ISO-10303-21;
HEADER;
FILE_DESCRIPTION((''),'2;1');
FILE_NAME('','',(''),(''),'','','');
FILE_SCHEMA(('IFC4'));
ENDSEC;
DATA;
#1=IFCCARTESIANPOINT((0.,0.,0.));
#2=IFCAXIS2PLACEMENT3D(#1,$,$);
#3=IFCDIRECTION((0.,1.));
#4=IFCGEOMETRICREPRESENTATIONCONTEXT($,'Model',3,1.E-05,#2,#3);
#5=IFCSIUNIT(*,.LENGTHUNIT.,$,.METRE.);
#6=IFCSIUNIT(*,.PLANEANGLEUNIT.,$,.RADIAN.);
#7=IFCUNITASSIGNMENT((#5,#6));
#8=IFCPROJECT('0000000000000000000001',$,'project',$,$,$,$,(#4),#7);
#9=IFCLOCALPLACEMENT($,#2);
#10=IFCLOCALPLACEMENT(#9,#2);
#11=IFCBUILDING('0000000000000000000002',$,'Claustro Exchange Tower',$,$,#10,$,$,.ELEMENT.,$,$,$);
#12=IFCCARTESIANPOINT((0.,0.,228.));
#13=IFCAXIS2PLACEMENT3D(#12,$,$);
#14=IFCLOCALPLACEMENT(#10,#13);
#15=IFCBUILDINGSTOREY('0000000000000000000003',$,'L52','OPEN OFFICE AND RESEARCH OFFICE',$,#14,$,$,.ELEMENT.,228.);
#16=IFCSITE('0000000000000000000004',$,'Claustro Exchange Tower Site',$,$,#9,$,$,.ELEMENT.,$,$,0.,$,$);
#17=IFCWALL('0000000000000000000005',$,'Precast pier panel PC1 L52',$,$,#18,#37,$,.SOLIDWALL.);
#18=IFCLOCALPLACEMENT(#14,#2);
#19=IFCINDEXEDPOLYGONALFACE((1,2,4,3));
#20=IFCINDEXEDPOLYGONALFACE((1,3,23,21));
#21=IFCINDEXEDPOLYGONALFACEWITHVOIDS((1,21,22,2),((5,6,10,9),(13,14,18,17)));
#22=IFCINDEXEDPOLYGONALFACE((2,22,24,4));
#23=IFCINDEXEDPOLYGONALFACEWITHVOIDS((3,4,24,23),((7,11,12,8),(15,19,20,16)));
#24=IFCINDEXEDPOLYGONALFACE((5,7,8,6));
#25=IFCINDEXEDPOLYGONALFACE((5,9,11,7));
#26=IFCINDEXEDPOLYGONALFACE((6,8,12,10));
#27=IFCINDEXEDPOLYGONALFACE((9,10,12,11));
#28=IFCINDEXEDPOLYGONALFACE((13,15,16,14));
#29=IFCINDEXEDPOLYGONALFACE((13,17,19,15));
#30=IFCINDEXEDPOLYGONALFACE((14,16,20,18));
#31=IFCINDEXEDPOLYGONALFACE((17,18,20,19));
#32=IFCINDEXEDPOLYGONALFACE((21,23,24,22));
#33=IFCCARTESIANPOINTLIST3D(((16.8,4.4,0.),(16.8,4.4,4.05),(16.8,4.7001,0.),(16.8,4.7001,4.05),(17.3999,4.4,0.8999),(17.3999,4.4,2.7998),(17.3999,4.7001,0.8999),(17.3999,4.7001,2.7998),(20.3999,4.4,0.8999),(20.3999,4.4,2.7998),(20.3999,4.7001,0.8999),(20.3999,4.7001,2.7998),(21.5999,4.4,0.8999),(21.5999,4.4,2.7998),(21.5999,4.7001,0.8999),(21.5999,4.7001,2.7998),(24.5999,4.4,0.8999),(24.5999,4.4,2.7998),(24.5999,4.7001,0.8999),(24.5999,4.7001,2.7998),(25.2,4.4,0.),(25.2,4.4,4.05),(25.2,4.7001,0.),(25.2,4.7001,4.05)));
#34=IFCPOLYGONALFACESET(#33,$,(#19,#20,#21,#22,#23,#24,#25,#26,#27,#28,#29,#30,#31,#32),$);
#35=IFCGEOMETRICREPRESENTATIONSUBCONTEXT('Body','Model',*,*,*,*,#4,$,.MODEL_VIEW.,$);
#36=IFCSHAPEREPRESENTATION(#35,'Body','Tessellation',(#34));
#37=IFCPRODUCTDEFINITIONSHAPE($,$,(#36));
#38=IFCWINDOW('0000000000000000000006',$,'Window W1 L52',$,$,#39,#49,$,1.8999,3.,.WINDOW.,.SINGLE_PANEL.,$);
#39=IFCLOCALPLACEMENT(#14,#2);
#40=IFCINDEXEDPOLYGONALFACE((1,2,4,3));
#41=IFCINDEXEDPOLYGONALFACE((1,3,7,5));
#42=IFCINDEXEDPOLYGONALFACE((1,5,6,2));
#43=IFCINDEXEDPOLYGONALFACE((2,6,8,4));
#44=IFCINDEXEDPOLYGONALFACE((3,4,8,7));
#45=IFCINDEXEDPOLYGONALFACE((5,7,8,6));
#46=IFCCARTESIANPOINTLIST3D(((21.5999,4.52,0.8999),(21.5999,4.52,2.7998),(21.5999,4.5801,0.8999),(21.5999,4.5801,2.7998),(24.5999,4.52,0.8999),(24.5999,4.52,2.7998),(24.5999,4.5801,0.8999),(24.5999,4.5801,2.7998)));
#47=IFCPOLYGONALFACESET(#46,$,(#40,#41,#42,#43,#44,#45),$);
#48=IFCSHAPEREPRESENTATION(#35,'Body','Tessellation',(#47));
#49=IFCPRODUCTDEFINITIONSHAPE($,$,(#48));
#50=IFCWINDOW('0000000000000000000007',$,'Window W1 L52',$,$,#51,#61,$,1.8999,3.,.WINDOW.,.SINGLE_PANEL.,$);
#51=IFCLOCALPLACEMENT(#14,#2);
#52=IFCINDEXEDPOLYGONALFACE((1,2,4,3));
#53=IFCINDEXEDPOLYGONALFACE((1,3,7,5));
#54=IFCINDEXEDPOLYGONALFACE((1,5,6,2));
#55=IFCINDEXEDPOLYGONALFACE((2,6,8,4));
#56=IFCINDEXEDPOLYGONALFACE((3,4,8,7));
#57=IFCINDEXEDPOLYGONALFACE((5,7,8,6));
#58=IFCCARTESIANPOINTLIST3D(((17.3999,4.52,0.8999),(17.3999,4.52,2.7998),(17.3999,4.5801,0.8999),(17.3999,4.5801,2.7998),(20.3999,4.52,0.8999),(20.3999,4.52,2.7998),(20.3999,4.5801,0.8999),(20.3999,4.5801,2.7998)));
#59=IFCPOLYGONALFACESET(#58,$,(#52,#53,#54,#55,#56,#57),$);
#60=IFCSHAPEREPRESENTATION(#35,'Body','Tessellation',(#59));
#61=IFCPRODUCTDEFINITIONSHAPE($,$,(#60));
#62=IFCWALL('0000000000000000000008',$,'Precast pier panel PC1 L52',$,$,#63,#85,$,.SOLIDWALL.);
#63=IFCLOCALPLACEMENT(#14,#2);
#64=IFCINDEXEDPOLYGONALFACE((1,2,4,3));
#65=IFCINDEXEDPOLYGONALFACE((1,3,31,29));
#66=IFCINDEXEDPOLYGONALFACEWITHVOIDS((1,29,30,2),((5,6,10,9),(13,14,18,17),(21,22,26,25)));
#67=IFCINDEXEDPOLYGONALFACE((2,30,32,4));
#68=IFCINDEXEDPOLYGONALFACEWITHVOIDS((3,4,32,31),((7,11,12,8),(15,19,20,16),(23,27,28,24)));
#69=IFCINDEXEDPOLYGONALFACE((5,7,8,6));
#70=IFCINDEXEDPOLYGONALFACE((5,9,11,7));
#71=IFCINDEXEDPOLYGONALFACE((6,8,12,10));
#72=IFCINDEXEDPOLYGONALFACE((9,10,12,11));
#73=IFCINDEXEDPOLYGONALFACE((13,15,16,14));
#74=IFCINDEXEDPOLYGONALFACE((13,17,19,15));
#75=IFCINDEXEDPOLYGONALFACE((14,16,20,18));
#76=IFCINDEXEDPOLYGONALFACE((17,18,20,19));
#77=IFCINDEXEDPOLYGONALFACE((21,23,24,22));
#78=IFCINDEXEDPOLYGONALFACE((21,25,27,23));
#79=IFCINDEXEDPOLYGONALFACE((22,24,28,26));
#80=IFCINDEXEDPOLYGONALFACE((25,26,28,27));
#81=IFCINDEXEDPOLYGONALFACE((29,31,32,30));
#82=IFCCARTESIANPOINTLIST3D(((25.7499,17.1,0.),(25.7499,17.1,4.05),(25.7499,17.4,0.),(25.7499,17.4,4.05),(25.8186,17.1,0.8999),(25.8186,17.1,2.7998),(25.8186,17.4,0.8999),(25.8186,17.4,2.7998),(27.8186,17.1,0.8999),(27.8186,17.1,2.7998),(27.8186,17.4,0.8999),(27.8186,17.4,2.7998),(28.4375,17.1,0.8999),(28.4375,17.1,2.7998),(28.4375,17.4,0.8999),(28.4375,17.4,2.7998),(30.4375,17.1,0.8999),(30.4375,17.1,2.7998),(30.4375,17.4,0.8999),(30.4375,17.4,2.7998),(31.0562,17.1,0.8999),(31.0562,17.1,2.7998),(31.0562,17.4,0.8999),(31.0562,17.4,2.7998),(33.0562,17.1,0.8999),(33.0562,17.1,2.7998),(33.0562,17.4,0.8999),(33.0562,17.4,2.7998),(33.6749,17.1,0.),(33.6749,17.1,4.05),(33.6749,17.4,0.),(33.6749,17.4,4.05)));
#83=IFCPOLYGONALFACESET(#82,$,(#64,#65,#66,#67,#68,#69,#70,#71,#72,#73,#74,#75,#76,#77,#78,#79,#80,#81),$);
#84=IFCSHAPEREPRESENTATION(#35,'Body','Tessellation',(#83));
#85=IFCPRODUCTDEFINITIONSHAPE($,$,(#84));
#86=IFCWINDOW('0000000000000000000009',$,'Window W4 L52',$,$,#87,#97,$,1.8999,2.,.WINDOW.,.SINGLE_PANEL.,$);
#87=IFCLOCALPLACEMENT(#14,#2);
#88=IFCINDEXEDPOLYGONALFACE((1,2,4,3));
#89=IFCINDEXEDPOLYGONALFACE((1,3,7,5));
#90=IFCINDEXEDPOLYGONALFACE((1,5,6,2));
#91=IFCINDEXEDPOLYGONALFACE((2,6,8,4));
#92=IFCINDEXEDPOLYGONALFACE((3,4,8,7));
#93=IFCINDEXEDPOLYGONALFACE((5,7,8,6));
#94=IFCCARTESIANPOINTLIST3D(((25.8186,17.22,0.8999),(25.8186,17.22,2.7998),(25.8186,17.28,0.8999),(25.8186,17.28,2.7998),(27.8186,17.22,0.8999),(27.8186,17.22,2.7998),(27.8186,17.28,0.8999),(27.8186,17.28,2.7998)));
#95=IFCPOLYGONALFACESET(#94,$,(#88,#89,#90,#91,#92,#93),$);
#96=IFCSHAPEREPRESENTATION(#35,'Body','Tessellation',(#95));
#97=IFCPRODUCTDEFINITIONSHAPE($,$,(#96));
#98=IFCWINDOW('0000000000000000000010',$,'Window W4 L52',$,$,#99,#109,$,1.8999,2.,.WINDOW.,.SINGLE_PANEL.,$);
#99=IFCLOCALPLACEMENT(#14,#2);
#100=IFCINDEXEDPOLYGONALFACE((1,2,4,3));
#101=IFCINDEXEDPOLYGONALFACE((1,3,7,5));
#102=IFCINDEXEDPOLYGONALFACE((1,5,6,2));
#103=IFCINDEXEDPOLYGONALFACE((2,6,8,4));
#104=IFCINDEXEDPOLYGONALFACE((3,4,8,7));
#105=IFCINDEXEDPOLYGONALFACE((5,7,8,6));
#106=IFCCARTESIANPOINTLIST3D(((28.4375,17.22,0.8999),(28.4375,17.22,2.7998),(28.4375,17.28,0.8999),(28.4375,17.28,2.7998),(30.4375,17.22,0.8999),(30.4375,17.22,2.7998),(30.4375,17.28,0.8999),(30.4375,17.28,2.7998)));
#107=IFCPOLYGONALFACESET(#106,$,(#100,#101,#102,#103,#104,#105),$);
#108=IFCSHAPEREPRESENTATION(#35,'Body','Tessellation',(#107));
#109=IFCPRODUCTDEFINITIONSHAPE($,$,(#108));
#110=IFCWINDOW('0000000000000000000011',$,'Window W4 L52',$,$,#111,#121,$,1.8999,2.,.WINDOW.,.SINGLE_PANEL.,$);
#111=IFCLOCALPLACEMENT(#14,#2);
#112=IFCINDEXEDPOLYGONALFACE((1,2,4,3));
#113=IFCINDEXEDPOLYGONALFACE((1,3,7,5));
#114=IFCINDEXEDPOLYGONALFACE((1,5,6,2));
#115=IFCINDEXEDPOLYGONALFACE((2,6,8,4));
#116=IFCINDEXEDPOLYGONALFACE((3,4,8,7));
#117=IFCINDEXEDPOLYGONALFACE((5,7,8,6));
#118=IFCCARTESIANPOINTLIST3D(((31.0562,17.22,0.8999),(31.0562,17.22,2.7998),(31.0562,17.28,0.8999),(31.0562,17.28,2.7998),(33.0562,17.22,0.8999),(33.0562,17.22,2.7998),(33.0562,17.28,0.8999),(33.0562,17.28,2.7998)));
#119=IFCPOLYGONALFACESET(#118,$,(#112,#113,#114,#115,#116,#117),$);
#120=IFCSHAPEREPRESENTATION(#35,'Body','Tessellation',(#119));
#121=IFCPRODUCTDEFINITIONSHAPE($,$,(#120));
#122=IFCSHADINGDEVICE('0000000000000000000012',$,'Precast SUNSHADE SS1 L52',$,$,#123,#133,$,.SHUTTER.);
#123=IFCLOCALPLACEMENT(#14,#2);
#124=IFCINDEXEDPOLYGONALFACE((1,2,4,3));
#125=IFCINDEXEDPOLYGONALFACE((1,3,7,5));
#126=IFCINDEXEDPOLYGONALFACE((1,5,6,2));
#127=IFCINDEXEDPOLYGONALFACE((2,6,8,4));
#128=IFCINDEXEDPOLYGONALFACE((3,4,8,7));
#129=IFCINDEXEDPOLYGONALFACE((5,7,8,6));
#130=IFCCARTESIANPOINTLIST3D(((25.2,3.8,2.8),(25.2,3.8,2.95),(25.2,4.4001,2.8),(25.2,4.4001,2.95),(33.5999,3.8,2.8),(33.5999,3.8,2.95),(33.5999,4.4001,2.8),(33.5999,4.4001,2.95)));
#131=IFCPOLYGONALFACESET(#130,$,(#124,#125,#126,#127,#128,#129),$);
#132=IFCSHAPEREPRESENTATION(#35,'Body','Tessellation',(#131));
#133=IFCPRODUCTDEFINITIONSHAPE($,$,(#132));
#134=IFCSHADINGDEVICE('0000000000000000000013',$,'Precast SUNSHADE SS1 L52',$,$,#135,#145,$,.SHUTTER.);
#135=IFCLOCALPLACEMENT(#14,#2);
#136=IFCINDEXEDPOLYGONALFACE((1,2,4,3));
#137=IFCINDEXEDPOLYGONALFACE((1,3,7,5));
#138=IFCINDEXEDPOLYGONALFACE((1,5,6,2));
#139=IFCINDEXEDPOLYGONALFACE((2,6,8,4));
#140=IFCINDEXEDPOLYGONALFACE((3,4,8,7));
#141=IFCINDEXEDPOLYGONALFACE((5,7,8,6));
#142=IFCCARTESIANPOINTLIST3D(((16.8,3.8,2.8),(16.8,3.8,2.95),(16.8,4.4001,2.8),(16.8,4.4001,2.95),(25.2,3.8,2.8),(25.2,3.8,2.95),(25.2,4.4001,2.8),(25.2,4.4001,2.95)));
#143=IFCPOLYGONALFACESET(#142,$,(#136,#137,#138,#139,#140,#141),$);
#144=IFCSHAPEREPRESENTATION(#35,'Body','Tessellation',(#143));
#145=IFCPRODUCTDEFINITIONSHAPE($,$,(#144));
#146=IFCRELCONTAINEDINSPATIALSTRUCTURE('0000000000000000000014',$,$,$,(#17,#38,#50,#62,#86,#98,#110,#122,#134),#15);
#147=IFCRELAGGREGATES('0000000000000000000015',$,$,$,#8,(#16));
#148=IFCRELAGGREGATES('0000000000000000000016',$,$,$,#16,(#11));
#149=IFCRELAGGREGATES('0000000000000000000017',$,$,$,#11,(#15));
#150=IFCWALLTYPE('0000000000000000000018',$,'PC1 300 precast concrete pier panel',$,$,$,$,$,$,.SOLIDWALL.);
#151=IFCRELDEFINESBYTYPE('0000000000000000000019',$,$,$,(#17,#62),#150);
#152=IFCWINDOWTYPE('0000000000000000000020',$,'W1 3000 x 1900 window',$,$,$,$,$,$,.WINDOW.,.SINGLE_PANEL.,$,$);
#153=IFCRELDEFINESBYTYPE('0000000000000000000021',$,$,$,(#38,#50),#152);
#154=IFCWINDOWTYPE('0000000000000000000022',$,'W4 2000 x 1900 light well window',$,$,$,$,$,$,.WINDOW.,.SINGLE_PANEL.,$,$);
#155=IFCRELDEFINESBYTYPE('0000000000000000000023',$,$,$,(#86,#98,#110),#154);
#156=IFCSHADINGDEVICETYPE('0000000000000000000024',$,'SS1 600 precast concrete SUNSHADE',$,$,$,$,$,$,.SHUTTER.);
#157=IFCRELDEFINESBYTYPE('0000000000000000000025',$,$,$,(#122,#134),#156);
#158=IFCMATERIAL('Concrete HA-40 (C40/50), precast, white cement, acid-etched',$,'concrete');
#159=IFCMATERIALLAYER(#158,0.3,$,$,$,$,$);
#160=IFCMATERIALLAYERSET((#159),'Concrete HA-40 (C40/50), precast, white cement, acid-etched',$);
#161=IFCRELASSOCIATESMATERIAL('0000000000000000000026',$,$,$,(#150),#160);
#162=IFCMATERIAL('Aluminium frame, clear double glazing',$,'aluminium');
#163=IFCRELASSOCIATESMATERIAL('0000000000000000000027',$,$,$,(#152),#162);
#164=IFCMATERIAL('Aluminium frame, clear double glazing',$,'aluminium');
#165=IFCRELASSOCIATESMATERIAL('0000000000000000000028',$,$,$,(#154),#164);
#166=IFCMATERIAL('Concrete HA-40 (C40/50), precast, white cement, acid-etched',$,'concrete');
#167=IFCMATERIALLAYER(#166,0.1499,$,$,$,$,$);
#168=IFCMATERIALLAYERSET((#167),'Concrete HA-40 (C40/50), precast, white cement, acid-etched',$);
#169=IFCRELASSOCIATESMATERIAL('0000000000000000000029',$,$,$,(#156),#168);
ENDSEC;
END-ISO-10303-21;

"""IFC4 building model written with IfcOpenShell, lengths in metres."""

from ifc_helpers import new_model, si_unit, direction, frame, frame_2d, origin, origin_2d, place, context, subcontext, project, spatial, rectangle, extrude, material, layer, layer_set, type_object, element, fill, save


model = new_model("IFC4")

# Units and contexts
model_context = context("Model", 3, precision=1e-05, world=origin(), true_north=direction((0.0, 1.0)))
body_context = subcontext(model_context, "Body", "Model", "MODEL_VIEW")
ifc_project = project(units=[si_unit("LENGTHUNIT", "METRE"), si_unit("PLANEANGLEUNIT", "RADIAN")], contexts=[model_context])

# Site, building, storey
site_placement = place(None, origin())
site = spatial("IfcSite", under=ifc_project, at=site_placement, Name="Claustro Exchange Tower Site", CompositionType="ELEMENT", RefElevation=0.0)
building_placement = place(site_placement, origin())
building = spatial("IfcBuilding", under=site, at=building_placement, Name="Claustro Exchange Tower", CompositionType="ELEMENT")
storey_placement = place(building_placement, frame((0.0, 0.0, 228.0)))
storey = spatial("IfcBuildingStorey", under=building, at=storey_placement, Name="L52", Description="OPEN OFFICE AND RESEARCH OFFICE", CompositionType="ELEMENT", Elevation=228.0)

# Walls, openings, windows
ifc_material_1 = material(Name="Concrete HA-40 (C40/50), precast, white cement, acid-etched", Category="concrete")
ifc_layer_1 = layer(ifc_material_1, 0.3)
ifc_layer_set_1 = layer_set([ifc_layer_1], Name="Concrete HA-40 (C40/50), precast, white cement, acid-etched")
wall_type_1 = type_object("IfcWallType", Name="PC1 300 precast concrete pier panel", PredefinedType="SOLIDWALL", material=ifc_layer_set_1)
wall_1_placement = place(storey_placement, frame((25.2, 4.55, 0.0), z_axis=(0.0, 0.0, 1.0), x_axis=(-1.0, 0.0, 0.0)))
wall_1 = element("IfcWall", 1, at=wall_1_placement, inside=storey, type_object=wall_type_1, Name="Precast pier panel PC1 L52", PredefinedType="SOLIDWALL", context=body_context, shape_type="SweptSolid", body=[
    extrude(rectangle(XDim=8.3999, YDim=0.3, at=frame_2d((4.2, 0.0))), origin(), (0.0, 0.0, 1.0), 4.05),
])
opening_1_placement = place(wall_1_placement, frame((0.6001, 0.0, 0.8999)))
opening_1 = element("IfcOpeningElement", 2, at=opening_1_placement, cuts=wall_1, PredefinedType="OPENING", context=body_context, shape_type="SweptSolid", body=[
    extrude(rectangle(XDim=3.0, YDim=1.8999, at=frame_2d((1.5, 0.95))), frame((0.0, 0.1599, 0.0), z_axis=(0.0, -1.0, 0.0), x_axis=(1.0, 0.0, 0.0)), (0.0, 0.0, 1.0), 0.3201),
])
opening_2_placement = place(wall_1_placement, frame((4.8, 0.0, 0.8999)))
opening_2 = element("IfcOpeningElement", 3, at=opening_2_placement, cuts=wall_1, PredefinedType="OPENING", context=body_context, shape_type="SweptSolid", body=[
    extrude(rectangle(XDim=3.0, YDim=1.8999, at=frame_2d((1.5, 0.95))), frame((0.0, 0.1599, 0.0), z_axis=(0.0, -1.0, 0.0), x_axis=(1.0, 0.0, 0.0)), (0.0, 0.0, 1.0), 0.3201),
])
ifc_material_2 = material(Name="Aluminium frame, clear double glazing", Category="aluminium")
window_type_1 = type_object("IfcWindowType", Name="W1 3000 x 1900 window", PartitioningType="SINGLE_PANEL", PredefinedType="WINDOW", material=ifc_material_2)
window_1_placement = place(opening_1_placement, origin())
window_1 = element("IfcWindow", 4, at=window_1_placement, inside=storey, type_object=window_type_1, Name="Window W1 L52", OverallHeight=1.8999, OverallWidth=3.0, PartitioningType="SINGLE_PANEL", PredefinedType="WINDOW", context=body_context, shape_type="SweptSolid", body=[
    extrude(rectangle(XDim=3.0, YDim=1.8999, at=frame_2d((1.5, 0.95))), frame((0.0, 0.03, 0.0), z_axis=(0.0, -1.0, 0.0), x_axis=(1.0, 0.0, 0.0)), (0.0, 0.0, 1.0), 0.0601),
])
fill(opening_1, window_1)
window_2_placement = place(opening_2_placement, origin())
window_2 = element("IfcWindow", 5, at=window_2_placement, inside=storey, type_object=window_type_1, Name="Window W1 L52", OverallHeight=1.8999, OverallWidth=3.0, PartitioningType="SINGLE_PANEL", PredefinedType="WINDOW", context=body_context, shape_type="SweptSolid", body=[
    extrude(rectangle(XDim=3.0, YDim=1.8999, at=frame_2d((1.5, 0.95))), frame((0.0, 0.03, 0.0), z_axis=(0.0, -1.0, 0.0), x_axis=(1.0, 0.0, 0.0)), (0.0, 0.0, 1.0), 0.0601),
])
fill(opening_2, window_2)
wall_2_placement = place(storey_placement, frame((25.75, 17.25, 0.0), z_axis=(0.0, 0.0, 1.0), x_axis=(1.0, 0.0, 0.0)))
wall_2 = element("IfcWall", 6, at=wall_2_placement, inside=storey, type_object=wall_type_1, Name="Precast pier panel PC1 L52", PredefinedType="SOLIDWALL", context=body_context, shape_type="SweptSolid", body=[
    extrude(rectangle(XDim=7.925, YDim=0.3, at=frame_2d((3.9624, 0.0))), origin(), (0.0, 0.0, 1.0), 4.05),
])
opening_3_placement = place(wall_2_placement, frame((0.0686, 0.0, 0.8999)))
opening_3 = element("IfcOpeningElement", 7, at=opening_3_placement, cuts=wall_2, PredefinedType="OPENING", context=body_context, shape_type="SweptSolid", body=[
    extrude(rectangle(XDim=2.0, YDim=1.8999, at=frame_2d((1.0, 0.95))), frame((0.0, 0.1599, 0.0), z_axis=(0.0, -1.0, 0.0), x_axis=(1.0, 0.0, 0.0)), (0.0, 0.0, 1.0), 0.3201),
])
opening_4_placement = place(wall_2_placement, frame((2.6875, 0.0, 0.8999)))
opening_4 = element("IfcOpeningElement", 8, at=opening_4_placement, cuts=wall_2, PredefinedType="OPENING", context=body_context, shape_type="SweptSolid", body=[
    extrude(rectangle(XDim=2.0, YDim=1.8999, at=frame_2d((1.0, 0.95))), frame((0.0, 0.1599, 0.0), z_axis=(0.0, -1.0, 0.0), x_axis=(1.0, 0.0, 0.0)), (0.0, 0.0, 1.0), 0.3201),
])
opening_5_placement = place(wall_2_placement, frame((5.3062, 0.0, 0.8999)))
opening_5 = element("IfcOpeningElement", 9, at=opening_5_placement, cuts=wall_2, PredefinedType="OPENING", context=body_context, shape_type="SweptSolid", body=[
    extrude(rectangle(XDim=2.0, YDim=1.8999, at=frame_2d((1.0, 0.95))), frame((0.0, 0.1599, 0.0), z_axis=(0.0, -1.0, 0.0), x_axis=(1.0, 0.0, 0.0)), (0.0, 0.0, 1.0), 0.3201),
])
ifc_material_3 = material(Name="Aluminium frame, clear double glazing", Category="aluminium")
window_type_2 = type_object("IfcWindowType", Name="W4 2000 x 1900 light well window", PartitioningType="SINGLE_PANEL", PredefinedType="WINDOW", material=ifc_material_3)
window_3_placement = place(opening_3_placement, origin())
window_3 = element("IfcWindow", 10, at=window_3_placement, inside=storey, type_object=window_type_2, Name="Window W4 L52", OverallHeight=1.8999, OverallWidth=2.0, PartitioningType="SINGLE_PANEL", PredefinedType="WINDOW", context=body_context, shape_type="SweptSolid", body=[
    extrude(rectangle(XDim=2.0, YDim=1.8999, at=frame_2d((1.0, 0.95))), frame((0.0, 0.03, 0.0), z_axis=(0.0, -1.0, 0.0), x_axis=(1.0, 0.0, 0.0)), (0.0, 0.0, 1.0), 0.0601),
])
fill(opening_3, window_3)
window_4_placement = place(opening_4_placement, origin())
window_4 = element("IfcWindow", 11, at=window_4_placement, inside=storey, type_object=window_type_2, Name="Window W4 L52", OverallHeight=1.8999, OverallWidth=2.0, PartitioningType="SINGLE_PANEL", PredefinedType="WINDOW", context=body_context, shape_type="SweptSolid", body=[
    extrude(rectangle(XDim=2.0, YDim=1.8999, at=frame_2d((1.0, 0.95))), frame((0.0, 0.03, 0.0), z_axis=(0.0, -1.0, 0.0), x_axis=(1.0, 0.0, 0.0)), (0.0, 0.0, 1.0), 0.0601),
])
fill(opening_4, window_4)
window_5_placement = place(opening_5_placement, origin())
window_5 = element("IfcWindow", 12, at=window_5_placement, inside=storey, type_object=window_type_2, Name="Window W4 L52", OverallHeight=1.8999, OverallWidth=2.0, PartitioningType="SINGLE_PANEL", PredefinedType="WINDOW", context=body_context, shape_type="SweptSolid", body=[
    extrude(rectangle(XDim=2.0, YDim=1.8999, at=frame_2d((1.0, 0.95))), frame((0.0, 0.03, 0.0), z_axis=(0.0, -1.0, 0.0), x_axis=(1.0, 0.0, 0.0)), (0.0, 0.0, 1.0), 0.0601),
])
fill(opening_5, window_5)

# Shading devices
ifc_material_4 = material(Name="Concrete HA-40 (C40/50), precast, white cement, acid-etched", Category="concrete")
ifc_layer_2 = layer(ifc_material_4, 0.1499)
ifc_layer_set_2 = layer_set([ifc_layer_2], Name="Concrete HA-40 (C40/50), precast, white cement, acid-etched")
shading_device_type = type_object("IfcShadingDeviceType", Name="SS1 600 precast concrete SUNSHADE", PredefinedType="SHUTTER", material=ifc_layer_set_2)
for number, where, z_axis, x_axis, name in (
    (13, (29.3999, 4.1001, 2.8), (0.0, 0.0, 1.0), (-1.0, 0.0, 0.0), "Precast SUNSHADE SS1 L52"),
    (14, (21.0, 4.1001, 2.8), (0.0, 0.0, 1.0), (-1.0, 0.0, 0.0), "Precast SUNSHADE SS1 L52"),
):
    element("IfcShadingDevice", number, at=place(storey_placement, frame(where, z_axis=z_axis, x_axis=x_axis)), inside=storey, type_object=shading_device_type, Name=name, PredefinedType="SHUTTER", context=body_context, shape_type="SweptSolid", body=[
        extrude(rectangle(XDim=8.3999, YDim=0.6001, at=origin_2d()), origin(), (0.0, 0.0, 1.0), 0.1499),
    ])

save(model, "model.ifc")
